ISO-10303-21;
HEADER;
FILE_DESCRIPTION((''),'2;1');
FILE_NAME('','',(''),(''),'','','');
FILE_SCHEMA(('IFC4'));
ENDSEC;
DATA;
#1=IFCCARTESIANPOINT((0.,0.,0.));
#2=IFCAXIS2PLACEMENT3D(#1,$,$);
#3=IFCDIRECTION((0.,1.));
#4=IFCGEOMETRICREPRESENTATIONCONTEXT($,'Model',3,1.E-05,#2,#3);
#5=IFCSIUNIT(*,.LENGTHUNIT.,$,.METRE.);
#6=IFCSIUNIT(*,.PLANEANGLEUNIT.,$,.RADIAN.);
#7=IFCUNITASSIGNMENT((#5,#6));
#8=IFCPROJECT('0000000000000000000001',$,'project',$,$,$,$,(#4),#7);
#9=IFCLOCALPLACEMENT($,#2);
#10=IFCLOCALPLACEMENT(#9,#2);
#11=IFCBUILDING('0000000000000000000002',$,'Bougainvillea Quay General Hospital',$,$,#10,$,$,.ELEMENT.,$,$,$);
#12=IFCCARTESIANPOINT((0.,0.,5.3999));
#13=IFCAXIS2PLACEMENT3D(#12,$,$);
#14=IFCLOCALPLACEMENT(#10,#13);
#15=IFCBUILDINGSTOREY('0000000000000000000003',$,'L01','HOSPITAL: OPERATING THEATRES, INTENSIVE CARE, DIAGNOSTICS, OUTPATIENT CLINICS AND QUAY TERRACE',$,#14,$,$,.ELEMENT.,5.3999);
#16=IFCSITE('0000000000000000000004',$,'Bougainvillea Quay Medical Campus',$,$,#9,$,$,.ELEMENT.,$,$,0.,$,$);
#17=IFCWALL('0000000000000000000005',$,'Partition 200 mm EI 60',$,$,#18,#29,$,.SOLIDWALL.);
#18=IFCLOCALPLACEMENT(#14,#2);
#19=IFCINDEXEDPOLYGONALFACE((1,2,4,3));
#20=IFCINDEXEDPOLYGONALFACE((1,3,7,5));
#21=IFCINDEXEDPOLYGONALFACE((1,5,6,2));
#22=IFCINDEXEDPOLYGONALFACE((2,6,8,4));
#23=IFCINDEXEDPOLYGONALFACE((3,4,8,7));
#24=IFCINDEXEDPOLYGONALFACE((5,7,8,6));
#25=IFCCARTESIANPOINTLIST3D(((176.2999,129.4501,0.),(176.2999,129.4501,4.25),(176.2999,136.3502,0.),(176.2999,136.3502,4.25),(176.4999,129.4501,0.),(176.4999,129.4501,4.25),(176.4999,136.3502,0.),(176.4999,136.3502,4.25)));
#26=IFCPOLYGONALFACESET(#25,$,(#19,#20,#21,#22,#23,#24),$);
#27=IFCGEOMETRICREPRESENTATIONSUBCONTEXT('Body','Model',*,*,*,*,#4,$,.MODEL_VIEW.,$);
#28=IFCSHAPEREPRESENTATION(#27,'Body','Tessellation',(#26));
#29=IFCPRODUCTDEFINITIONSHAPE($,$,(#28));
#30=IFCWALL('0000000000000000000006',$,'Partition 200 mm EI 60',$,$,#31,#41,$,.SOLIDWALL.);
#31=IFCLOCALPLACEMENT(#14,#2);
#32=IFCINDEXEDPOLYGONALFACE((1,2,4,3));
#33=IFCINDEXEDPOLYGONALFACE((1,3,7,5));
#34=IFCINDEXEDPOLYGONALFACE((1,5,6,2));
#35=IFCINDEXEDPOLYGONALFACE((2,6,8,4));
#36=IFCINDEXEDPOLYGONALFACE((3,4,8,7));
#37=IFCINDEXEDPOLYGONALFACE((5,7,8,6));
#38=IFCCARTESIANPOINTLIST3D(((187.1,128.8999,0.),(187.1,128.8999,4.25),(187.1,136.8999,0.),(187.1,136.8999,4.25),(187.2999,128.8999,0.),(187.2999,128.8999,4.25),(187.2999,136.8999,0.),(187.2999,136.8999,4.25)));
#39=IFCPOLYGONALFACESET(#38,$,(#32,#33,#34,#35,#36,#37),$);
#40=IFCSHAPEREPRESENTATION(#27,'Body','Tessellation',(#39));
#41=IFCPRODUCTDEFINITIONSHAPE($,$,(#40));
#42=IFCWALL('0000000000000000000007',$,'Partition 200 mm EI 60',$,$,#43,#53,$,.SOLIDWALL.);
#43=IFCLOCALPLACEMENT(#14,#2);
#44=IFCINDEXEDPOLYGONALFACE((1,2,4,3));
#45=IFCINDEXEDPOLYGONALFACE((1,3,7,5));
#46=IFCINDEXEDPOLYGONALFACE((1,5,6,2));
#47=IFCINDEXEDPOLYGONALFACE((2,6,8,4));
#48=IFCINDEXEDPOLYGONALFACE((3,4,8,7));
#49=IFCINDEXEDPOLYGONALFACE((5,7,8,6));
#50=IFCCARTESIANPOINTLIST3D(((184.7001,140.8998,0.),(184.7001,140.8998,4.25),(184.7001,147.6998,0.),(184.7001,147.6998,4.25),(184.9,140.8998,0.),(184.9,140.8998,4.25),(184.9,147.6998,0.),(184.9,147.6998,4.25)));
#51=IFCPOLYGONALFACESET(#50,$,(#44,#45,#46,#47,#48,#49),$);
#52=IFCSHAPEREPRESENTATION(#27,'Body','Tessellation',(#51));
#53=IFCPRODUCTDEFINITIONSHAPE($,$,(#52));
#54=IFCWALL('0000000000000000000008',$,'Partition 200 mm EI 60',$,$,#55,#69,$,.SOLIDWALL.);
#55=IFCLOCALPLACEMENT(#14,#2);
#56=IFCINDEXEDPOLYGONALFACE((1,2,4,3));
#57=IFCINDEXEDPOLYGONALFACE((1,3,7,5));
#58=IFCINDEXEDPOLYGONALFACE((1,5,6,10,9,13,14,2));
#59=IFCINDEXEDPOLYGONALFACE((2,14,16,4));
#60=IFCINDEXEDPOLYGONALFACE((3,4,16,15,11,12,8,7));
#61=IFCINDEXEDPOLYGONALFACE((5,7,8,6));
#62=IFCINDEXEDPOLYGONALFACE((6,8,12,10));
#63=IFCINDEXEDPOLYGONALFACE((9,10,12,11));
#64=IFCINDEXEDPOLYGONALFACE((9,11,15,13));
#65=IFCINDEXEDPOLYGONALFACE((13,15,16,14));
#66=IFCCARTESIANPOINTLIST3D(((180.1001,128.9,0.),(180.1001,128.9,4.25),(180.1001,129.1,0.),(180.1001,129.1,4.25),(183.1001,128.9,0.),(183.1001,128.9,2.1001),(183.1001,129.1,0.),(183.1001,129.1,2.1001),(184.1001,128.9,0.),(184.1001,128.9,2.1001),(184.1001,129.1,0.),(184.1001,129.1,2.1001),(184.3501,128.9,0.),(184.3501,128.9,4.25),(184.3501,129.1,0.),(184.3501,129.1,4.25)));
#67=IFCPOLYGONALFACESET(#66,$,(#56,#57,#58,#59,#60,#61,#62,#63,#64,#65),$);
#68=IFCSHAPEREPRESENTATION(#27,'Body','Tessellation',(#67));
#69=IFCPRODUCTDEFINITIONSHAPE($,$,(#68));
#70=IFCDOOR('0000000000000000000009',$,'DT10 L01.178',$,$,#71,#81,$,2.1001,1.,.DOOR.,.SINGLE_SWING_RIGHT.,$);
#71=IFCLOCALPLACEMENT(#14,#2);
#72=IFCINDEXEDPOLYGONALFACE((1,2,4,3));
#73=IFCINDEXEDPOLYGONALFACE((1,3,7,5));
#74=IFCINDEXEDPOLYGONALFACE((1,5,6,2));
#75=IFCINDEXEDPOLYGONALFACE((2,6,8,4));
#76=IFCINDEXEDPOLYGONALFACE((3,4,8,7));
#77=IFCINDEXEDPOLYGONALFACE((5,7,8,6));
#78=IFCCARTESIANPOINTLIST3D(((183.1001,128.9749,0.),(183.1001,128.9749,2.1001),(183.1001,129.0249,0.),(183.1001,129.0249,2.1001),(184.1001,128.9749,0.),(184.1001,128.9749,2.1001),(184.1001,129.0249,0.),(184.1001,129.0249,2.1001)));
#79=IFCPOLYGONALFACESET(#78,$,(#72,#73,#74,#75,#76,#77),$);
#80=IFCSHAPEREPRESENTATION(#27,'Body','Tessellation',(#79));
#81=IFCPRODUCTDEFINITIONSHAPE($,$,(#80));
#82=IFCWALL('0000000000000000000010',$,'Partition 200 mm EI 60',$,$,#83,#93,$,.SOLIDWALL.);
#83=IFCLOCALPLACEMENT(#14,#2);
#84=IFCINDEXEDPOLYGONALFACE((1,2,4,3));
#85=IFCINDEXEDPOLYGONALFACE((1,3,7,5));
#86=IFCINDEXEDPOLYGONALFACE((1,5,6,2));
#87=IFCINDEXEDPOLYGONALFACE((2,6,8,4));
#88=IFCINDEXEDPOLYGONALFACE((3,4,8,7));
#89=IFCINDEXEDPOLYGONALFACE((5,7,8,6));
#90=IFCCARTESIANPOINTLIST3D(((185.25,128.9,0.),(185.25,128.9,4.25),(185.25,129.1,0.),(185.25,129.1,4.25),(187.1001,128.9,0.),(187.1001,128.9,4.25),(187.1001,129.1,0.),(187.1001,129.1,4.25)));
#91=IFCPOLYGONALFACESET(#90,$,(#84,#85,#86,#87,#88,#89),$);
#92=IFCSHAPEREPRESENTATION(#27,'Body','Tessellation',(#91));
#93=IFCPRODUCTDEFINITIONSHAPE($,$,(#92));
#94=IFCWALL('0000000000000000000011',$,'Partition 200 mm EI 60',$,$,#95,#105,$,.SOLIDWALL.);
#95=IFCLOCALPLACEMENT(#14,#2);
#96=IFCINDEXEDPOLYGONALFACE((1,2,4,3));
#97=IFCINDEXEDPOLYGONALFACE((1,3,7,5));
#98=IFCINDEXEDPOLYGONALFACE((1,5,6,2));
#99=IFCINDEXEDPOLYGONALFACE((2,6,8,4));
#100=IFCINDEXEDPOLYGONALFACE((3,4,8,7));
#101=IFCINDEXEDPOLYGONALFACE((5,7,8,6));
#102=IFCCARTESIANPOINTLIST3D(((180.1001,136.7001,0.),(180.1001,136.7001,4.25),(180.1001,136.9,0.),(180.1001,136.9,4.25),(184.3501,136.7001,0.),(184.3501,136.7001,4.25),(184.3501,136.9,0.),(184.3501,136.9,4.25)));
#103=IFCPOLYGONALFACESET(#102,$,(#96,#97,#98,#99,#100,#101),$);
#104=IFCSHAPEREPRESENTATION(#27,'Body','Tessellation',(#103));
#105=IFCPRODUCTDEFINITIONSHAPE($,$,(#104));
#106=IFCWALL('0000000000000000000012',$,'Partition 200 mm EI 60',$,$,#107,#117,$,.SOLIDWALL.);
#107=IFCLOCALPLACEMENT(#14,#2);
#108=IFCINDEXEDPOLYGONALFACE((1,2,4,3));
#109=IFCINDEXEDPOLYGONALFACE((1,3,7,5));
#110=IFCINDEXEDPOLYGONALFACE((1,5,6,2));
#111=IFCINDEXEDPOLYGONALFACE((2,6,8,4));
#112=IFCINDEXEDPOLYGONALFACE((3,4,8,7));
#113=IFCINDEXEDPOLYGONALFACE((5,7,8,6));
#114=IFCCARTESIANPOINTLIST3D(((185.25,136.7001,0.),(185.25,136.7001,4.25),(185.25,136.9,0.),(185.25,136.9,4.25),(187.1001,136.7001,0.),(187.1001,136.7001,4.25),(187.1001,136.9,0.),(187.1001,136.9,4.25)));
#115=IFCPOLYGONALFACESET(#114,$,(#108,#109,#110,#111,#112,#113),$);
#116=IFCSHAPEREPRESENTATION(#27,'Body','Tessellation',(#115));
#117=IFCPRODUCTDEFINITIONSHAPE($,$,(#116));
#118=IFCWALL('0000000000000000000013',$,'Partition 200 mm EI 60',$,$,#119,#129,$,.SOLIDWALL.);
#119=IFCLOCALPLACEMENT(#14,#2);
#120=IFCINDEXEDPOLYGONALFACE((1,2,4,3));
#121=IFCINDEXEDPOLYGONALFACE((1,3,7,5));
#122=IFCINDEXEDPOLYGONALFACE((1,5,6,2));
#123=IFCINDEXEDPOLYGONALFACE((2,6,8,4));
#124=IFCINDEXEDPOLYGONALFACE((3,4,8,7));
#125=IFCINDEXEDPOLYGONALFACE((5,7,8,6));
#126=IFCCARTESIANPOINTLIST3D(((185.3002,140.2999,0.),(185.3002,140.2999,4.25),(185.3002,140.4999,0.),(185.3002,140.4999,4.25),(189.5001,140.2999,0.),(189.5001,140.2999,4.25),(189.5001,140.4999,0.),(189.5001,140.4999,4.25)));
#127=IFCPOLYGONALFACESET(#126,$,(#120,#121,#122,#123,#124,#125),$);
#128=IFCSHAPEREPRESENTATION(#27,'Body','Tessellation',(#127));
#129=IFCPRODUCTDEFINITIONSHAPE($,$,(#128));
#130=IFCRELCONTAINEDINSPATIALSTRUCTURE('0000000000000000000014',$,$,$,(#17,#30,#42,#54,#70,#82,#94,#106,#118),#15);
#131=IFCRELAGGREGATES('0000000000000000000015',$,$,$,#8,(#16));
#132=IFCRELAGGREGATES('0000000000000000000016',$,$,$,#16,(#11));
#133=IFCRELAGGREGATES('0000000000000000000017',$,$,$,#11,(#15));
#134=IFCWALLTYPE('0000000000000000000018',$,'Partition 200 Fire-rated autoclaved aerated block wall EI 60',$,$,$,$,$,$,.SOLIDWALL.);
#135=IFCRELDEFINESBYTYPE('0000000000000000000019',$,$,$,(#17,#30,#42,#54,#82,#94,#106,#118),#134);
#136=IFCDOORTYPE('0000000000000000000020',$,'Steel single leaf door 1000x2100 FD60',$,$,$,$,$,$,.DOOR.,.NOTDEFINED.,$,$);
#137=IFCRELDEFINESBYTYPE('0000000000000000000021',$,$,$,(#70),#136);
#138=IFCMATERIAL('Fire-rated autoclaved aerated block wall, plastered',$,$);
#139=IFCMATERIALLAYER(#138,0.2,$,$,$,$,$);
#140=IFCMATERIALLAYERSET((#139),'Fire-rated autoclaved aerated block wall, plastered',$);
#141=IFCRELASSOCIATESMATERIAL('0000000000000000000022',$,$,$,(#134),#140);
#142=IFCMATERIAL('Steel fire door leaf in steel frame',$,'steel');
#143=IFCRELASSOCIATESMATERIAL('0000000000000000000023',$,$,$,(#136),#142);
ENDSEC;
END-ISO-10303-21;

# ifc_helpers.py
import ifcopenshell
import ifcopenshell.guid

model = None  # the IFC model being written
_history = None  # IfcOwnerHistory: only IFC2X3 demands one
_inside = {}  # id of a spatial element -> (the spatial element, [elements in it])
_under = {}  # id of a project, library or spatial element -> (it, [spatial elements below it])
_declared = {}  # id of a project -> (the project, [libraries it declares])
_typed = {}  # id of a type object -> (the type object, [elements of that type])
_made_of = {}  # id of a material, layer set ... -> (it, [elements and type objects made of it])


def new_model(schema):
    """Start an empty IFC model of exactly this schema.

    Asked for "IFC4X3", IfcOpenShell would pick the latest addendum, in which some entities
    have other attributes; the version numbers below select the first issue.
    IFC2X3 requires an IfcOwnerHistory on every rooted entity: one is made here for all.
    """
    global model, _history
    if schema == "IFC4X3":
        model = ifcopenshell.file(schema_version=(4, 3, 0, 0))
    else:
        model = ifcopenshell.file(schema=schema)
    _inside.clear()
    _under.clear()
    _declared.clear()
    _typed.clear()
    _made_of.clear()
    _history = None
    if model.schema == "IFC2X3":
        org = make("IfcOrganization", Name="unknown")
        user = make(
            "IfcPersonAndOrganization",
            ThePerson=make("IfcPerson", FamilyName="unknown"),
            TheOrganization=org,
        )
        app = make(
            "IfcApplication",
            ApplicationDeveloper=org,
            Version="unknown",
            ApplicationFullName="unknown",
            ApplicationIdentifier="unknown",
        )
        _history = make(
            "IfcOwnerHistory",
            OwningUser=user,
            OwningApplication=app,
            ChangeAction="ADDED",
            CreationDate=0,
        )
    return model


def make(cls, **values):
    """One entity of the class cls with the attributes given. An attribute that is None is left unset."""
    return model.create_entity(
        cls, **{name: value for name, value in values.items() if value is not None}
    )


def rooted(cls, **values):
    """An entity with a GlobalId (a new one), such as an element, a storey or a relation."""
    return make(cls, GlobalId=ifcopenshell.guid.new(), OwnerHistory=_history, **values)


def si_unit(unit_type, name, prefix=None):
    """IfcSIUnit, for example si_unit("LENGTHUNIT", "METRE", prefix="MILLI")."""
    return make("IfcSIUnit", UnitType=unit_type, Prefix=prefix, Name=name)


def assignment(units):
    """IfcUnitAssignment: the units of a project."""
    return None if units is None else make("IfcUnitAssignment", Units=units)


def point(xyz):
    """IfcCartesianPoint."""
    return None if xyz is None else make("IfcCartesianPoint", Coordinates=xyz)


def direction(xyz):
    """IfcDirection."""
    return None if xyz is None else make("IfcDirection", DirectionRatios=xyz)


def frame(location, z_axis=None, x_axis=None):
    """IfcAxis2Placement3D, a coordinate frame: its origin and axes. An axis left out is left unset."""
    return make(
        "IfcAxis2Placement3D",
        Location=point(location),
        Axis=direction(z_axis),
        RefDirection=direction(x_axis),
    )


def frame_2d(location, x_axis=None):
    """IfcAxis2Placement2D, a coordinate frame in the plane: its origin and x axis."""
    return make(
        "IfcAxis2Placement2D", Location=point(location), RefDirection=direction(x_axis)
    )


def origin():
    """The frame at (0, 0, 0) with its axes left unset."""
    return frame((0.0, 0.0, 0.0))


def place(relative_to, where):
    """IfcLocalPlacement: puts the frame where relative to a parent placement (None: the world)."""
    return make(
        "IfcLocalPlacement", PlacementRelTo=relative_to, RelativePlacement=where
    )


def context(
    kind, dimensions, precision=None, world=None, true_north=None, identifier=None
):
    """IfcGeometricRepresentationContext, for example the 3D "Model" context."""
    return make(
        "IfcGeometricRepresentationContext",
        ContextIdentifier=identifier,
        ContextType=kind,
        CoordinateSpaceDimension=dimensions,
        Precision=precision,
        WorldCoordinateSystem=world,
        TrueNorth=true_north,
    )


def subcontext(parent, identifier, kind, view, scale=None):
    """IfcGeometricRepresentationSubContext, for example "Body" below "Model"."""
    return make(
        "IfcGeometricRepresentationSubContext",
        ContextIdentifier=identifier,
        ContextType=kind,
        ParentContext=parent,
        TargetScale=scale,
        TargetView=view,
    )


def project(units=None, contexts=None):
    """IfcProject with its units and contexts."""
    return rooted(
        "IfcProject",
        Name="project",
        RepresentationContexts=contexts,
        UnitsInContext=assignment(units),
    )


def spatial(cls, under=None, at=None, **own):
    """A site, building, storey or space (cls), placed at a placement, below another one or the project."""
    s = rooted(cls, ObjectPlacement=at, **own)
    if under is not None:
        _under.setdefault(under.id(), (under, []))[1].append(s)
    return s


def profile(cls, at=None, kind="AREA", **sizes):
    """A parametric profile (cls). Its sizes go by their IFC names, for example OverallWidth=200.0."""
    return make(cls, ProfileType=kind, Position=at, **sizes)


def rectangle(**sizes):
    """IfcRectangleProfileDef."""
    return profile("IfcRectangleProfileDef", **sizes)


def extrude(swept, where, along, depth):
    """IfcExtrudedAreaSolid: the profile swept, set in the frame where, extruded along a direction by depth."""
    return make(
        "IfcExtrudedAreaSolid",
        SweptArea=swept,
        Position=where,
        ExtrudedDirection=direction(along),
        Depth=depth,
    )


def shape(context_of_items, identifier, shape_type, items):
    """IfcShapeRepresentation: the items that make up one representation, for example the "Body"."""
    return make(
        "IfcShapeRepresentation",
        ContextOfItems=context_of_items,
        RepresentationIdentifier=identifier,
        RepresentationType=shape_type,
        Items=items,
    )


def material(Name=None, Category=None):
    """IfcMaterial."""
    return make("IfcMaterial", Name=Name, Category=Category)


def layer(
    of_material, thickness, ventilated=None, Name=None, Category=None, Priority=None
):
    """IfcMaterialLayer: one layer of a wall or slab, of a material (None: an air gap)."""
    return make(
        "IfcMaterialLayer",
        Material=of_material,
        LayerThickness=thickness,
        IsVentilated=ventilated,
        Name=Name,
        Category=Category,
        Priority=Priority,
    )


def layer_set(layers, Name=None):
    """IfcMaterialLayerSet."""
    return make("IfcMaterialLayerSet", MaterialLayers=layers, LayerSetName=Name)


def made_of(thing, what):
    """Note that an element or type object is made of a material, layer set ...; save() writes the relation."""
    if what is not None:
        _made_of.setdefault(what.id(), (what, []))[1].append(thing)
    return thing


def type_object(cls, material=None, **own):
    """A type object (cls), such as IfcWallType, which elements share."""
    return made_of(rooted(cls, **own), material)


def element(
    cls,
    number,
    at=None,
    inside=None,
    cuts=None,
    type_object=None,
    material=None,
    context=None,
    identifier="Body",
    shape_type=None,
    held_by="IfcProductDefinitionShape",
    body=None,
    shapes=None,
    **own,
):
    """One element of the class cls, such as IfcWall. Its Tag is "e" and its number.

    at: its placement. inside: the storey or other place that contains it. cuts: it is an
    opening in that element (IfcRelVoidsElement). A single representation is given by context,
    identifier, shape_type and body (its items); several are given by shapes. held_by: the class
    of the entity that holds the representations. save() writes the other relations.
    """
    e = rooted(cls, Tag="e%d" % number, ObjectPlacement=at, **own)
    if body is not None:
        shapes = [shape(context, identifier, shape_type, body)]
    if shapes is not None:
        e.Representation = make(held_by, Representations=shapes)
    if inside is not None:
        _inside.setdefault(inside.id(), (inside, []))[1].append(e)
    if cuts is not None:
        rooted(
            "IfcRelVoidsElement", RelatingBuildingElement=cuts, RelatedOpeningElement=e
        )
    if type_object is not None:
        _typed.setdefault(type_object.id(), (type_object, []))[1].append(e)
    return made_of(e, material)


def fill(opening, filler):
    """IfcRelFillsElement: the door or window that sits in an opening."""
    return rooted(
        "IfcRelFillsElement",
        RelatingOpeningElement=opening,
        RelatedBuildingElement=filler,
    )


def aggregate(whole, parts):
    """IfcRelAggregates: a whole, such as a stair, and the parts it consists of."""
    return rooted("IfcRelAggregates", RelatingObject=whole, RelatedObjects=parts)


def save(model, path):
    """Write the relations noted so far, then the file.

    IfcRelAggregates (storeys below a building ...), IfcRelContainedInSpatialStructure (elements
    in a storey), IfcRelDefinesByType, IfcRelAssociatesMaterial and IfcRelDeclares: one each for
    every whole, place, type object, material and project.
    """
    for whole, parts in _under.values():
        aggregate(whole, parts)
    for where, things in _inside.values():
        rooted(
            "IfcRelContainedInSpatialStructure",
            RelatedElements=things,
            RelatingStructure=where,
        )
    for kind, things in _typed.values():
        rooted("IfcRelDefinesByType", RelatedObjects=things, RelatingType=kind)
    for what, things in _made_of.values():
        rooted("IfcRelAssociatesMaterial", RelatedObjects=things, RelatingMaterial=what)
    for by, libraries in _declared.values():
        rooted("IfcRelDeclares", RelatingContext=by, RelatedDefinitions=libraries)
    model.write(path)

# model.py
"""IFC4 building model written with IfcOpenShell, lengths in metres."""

from ifc_helpers import new_model, si_unit, direction, frame, frame_2d, origin, place, context, subcontext, project, spatial, rectangle, extrude, material, layer, layer_set, type_object, element, fill, save


model = new_model("IFC4")

# Units and contexts
model_context = context("Model", 3, precision=1e-05, world=origin(), true_north=direction((0.0, 1.0)))
body_context = subcontext(model_context, "Body", "Model", "MODEL_VIEW")
ifc_project = project(units=[si_unit("LENGTHUNIT", "METRE"), si_unit("PLANEANGLEUNIT", "RADIAN")], contexts=[model_context])

# Site, building, storey
site_placement = place(None, origin())
site = spatial("IfcSite", under=ifc_project, at=site_placement, Name="Bougainvillea Quay Medical Campus", CompositionType="ELEMENT", RefElevation=0.0)
building_placement = place(site_placement, origin())
building = spatial("IfcBuilding", under=site, at=building_placement, Name="Bougainvillea Quay General Hospital", CompositionType="ELEMENT")
storey_placement = place(building_placement, frame((0.0, 0.0, 5.3999)))
storey = spatial("IfcBuildingStorey", under=building, at=storey_placement, Name="L01", Description="HOSPITAL: OPERATING THEATRES, INTENSIVE CARE, DIAGNOSTICS, OUTPATIENT CLINICS AND QUAY TERRACE", CompositionType="ELEMENT", Elevation=5.3999)

# Walls
ifc_material_1 = material(Name="Fire-rated autoclaved aerated block wall, plastered")
ifc_layer_1 = layer(ifc_material_1, 0.2)
ifc_layer_set_1 = layer_set([ifc_layer_1], Name="Fire-rated autoclaved aerated block wall, plastered")
wall_type_1 = type_object("IfcWallType", Name="Partition 200 Fire-rated autoclaved aerated block wall EI 60", PredefinedType="SOLIDWALL", material=ifc_layer_set_1)
wall_1_placement = place(storey_placement, frame((176.3999, 129.45, 0.0), z_axis=(0.0, 0.0, 1.0), x_axis=(0.0, 1.0, 0.0)))
element("IfcWall", 1, at=wall_1_placement, inside=storey, type_object=wall_type_1, Name="Partition 200 mm EI 60", PredefinedType="SOLIDWALL", context=body_context, shape_type="SweptSolid", body=[
    extrude(rectangle(XDim=6.9001, YDim=0.2, at=frame_2d((3.4502, 0.0))), origin(), (0.0, 0.0, 1.0), 4.25),
])
wall_2_placement = place(storey_placement, frame((187.2, 128.8999, 0.0), z_axis=(0.0, 0.0, 1.0), x_axis=(0.0, 1.0, 0.0)))
element("IfcWall", 2, at=wall_2_placement, inside=storey, type_object=wall_type_1, Name="Partition 200 mm EI 60", PredefinedType="SOLIDWALL", context=body_context, shape_type="SweptSolid", body=[
    extrude(rectangle(XDim=8.0, YDim=0.2, at=frame_2d((4.0, 0.0))), origin(), (0.0, 0.0, 1.0), 4.25),
])
wall_3_placement = place(storey_placement, frame((184.8, 140.8999, 0.0), z_axis=(0.0, 0.0, 1.0), x_axis=(0.0, 1.0, 0.0)))
element("IfcWall", 3, at=wall_3_placement, inside=storey, type_object=wall_type_1, Name="Partition 200 mm EI 60", PredefinedType="SOLIDWALL", context=body_context, shape_type="SweptSolid", body=[
    extrude(rectangle(XDim=6.8, YDim=0.2, at=frame_2d((3.3999, 0.0))), origin(), (0.0, 0.0, 1.0), 4.25),
])

# Wall, opening, door
wall_4_placement = place(storey_placement, frame((180.1001, 129.0, 0.0), z_axis=(0.0, 0.0, 1.0), x_axis=(1.0, 0.0, 0.0)))
wall_4 = element("IfcWall", 4, at=wall_4_placement, inside=storey, type_object=wall_type_1, Name="Partition 200 mm EI 60", PredefinedType="SOLIDWALL", context=body_context, shape_type="SweptSolid", body=[
    extrude(rectangle(XDim=4.25, YDim=0.2, at=frame_2d((2.125, 0.0))), origin(), (0.0, 0.0, 1.0), 4.25),
])
opening_1_placement = place(wall_4_placement, frame((3.0, 0.0, 0.0)))
opening_1 = element("IfcOpeningElement", 5, at=opening_1_placement, cuts=wall_4, PredefinedType="OPENING", context=body_context, shape_type="SweptSolid", body=[
    extrude(rectangle(XDim=1.0, YDim=2.1001, at=frame_2d((0.5, 1.05))), frame((0.0, 0.1099, 0.0), z_axis=(0.0, -1.0, 0.0), x_axis=(1.0, 0.0, 0.0)), (0.0, 0.0, 1.0), 0.22),
])
ifc_material_2 = material(Name="Steel fire door leaf in steel frame", Category="steel")
door_type_1 = type_object("IfcDoorType", Name="Steel single leaf door 1000x2100 FD60", OperationType="NOTDEFINED", PredefinedType="DOOR", material=ifc_material_2)
door_1_placement = place(opening_1_placement, origin())
door_1 = element("IfcDoor", 6, at=door_1_placement, inside=storey, type_object=door_type_1, Name="DT10 L01.178", OperationType="SINGLE_SWING_RIGHT", OverallHeight=2.1001, OverallWidth=1.0, PredefinedType="DOOR", context=body_context, shape_type="SweptSolid", body=[
    extrude(rectangle(XDim=1.0, YDim=2.1001, at=frame_2d((0.5, 1.05))), frame((0.0, 0.0249, 0.0), z_axis=(0.0, -1.0, 0.0), x_axis=(1.0, 0.0, 0.0)), (0.0, 0.0, 1.0), 0.05),
])
fill(opening_1, door_1)

# Walls
wall_5_placement = place(storey_placement, frame((185.25, 129.0, 0.0), z_axis=(0.0, 0.0, 1.0), x_axis=(1.0, 0.0, 0.0)))
element("IfcWall", 7, at=wall_5_placement, inside=storey, type_object=wall_type_1, Name="Partition 200 mm EI 60", PredefinedType="SOLIDWALL", context=body_context, shape_type="SweptSolid", body=[
    extrude(rectangle(XDim=1.8501, YDim=0.2, at=frame_2d((0.925, 0.0))), origin(), (0.0, 0.0, 1.0), 4.25),
])
wall_6_placement = place(storey_placement, frame((180.1001, 136.8, 0.0), z_axis=(0.0, 0.0, 1.0), x_axis=(1.0, 0.0, 0.0)))
element("IfcWall", 8, at=wall_6_placement, inside=storey, type_object=wall_type_1, Name="Partition 200 mm EI 60", PredefinedType="SOLIDWALL", context=body_context, shape_type="SweptSolid", body=[
    extrude(rectangle(XDim=4.25, YDim=0.2, at=frame_2d((2.125, 0.0))), origin(), (0.0, 0.0, 1.0), 4.25),
])
wall_7_placement = place(storey_placement, frame((185.25, 136.8, 0.0), z_axis=(0.0, 0.0, 1.0), x_axis=(1.0, 0.0, 0.0)))
element("IfcWall", 9, at=wall_7_placement, inside=storey, type_object=wall_type_1, Name="Partition 200 mm EI 60", PredefinedType="SOLIDWALL", context=body_context, shape_type="SweptSolid", body=[
    extrude(rectangle(XDim=1.8501, YDim=0.2, at=frame_2d((0.925, 0.0))), origin(), (0.0, 0.0, 1.0), 4.25),
])
wall_8_placement = place(storey_placement, frame((185.3, 140.3999, 0.0), z_axis=(0.0, 0.0, 1.0), x_axis=(1.0, 0.0, 0.0)))
element("IfcWall", 10, at=wall_8_placement, inside=storey, type_object=wall_type_1, Name="Partition 200 mm EI 60", PredefinedType="SOLIDWALL", context=body_context, shape_type="SweptSolid", body=[
    extrude(rectangle(XDim=4.2, YDim=0.2, at=frame_2d((2.1001, 0.0))), origin(), (0.0, 0.0, 1.0), 4.25),
])

save(model, "model.ifc")
